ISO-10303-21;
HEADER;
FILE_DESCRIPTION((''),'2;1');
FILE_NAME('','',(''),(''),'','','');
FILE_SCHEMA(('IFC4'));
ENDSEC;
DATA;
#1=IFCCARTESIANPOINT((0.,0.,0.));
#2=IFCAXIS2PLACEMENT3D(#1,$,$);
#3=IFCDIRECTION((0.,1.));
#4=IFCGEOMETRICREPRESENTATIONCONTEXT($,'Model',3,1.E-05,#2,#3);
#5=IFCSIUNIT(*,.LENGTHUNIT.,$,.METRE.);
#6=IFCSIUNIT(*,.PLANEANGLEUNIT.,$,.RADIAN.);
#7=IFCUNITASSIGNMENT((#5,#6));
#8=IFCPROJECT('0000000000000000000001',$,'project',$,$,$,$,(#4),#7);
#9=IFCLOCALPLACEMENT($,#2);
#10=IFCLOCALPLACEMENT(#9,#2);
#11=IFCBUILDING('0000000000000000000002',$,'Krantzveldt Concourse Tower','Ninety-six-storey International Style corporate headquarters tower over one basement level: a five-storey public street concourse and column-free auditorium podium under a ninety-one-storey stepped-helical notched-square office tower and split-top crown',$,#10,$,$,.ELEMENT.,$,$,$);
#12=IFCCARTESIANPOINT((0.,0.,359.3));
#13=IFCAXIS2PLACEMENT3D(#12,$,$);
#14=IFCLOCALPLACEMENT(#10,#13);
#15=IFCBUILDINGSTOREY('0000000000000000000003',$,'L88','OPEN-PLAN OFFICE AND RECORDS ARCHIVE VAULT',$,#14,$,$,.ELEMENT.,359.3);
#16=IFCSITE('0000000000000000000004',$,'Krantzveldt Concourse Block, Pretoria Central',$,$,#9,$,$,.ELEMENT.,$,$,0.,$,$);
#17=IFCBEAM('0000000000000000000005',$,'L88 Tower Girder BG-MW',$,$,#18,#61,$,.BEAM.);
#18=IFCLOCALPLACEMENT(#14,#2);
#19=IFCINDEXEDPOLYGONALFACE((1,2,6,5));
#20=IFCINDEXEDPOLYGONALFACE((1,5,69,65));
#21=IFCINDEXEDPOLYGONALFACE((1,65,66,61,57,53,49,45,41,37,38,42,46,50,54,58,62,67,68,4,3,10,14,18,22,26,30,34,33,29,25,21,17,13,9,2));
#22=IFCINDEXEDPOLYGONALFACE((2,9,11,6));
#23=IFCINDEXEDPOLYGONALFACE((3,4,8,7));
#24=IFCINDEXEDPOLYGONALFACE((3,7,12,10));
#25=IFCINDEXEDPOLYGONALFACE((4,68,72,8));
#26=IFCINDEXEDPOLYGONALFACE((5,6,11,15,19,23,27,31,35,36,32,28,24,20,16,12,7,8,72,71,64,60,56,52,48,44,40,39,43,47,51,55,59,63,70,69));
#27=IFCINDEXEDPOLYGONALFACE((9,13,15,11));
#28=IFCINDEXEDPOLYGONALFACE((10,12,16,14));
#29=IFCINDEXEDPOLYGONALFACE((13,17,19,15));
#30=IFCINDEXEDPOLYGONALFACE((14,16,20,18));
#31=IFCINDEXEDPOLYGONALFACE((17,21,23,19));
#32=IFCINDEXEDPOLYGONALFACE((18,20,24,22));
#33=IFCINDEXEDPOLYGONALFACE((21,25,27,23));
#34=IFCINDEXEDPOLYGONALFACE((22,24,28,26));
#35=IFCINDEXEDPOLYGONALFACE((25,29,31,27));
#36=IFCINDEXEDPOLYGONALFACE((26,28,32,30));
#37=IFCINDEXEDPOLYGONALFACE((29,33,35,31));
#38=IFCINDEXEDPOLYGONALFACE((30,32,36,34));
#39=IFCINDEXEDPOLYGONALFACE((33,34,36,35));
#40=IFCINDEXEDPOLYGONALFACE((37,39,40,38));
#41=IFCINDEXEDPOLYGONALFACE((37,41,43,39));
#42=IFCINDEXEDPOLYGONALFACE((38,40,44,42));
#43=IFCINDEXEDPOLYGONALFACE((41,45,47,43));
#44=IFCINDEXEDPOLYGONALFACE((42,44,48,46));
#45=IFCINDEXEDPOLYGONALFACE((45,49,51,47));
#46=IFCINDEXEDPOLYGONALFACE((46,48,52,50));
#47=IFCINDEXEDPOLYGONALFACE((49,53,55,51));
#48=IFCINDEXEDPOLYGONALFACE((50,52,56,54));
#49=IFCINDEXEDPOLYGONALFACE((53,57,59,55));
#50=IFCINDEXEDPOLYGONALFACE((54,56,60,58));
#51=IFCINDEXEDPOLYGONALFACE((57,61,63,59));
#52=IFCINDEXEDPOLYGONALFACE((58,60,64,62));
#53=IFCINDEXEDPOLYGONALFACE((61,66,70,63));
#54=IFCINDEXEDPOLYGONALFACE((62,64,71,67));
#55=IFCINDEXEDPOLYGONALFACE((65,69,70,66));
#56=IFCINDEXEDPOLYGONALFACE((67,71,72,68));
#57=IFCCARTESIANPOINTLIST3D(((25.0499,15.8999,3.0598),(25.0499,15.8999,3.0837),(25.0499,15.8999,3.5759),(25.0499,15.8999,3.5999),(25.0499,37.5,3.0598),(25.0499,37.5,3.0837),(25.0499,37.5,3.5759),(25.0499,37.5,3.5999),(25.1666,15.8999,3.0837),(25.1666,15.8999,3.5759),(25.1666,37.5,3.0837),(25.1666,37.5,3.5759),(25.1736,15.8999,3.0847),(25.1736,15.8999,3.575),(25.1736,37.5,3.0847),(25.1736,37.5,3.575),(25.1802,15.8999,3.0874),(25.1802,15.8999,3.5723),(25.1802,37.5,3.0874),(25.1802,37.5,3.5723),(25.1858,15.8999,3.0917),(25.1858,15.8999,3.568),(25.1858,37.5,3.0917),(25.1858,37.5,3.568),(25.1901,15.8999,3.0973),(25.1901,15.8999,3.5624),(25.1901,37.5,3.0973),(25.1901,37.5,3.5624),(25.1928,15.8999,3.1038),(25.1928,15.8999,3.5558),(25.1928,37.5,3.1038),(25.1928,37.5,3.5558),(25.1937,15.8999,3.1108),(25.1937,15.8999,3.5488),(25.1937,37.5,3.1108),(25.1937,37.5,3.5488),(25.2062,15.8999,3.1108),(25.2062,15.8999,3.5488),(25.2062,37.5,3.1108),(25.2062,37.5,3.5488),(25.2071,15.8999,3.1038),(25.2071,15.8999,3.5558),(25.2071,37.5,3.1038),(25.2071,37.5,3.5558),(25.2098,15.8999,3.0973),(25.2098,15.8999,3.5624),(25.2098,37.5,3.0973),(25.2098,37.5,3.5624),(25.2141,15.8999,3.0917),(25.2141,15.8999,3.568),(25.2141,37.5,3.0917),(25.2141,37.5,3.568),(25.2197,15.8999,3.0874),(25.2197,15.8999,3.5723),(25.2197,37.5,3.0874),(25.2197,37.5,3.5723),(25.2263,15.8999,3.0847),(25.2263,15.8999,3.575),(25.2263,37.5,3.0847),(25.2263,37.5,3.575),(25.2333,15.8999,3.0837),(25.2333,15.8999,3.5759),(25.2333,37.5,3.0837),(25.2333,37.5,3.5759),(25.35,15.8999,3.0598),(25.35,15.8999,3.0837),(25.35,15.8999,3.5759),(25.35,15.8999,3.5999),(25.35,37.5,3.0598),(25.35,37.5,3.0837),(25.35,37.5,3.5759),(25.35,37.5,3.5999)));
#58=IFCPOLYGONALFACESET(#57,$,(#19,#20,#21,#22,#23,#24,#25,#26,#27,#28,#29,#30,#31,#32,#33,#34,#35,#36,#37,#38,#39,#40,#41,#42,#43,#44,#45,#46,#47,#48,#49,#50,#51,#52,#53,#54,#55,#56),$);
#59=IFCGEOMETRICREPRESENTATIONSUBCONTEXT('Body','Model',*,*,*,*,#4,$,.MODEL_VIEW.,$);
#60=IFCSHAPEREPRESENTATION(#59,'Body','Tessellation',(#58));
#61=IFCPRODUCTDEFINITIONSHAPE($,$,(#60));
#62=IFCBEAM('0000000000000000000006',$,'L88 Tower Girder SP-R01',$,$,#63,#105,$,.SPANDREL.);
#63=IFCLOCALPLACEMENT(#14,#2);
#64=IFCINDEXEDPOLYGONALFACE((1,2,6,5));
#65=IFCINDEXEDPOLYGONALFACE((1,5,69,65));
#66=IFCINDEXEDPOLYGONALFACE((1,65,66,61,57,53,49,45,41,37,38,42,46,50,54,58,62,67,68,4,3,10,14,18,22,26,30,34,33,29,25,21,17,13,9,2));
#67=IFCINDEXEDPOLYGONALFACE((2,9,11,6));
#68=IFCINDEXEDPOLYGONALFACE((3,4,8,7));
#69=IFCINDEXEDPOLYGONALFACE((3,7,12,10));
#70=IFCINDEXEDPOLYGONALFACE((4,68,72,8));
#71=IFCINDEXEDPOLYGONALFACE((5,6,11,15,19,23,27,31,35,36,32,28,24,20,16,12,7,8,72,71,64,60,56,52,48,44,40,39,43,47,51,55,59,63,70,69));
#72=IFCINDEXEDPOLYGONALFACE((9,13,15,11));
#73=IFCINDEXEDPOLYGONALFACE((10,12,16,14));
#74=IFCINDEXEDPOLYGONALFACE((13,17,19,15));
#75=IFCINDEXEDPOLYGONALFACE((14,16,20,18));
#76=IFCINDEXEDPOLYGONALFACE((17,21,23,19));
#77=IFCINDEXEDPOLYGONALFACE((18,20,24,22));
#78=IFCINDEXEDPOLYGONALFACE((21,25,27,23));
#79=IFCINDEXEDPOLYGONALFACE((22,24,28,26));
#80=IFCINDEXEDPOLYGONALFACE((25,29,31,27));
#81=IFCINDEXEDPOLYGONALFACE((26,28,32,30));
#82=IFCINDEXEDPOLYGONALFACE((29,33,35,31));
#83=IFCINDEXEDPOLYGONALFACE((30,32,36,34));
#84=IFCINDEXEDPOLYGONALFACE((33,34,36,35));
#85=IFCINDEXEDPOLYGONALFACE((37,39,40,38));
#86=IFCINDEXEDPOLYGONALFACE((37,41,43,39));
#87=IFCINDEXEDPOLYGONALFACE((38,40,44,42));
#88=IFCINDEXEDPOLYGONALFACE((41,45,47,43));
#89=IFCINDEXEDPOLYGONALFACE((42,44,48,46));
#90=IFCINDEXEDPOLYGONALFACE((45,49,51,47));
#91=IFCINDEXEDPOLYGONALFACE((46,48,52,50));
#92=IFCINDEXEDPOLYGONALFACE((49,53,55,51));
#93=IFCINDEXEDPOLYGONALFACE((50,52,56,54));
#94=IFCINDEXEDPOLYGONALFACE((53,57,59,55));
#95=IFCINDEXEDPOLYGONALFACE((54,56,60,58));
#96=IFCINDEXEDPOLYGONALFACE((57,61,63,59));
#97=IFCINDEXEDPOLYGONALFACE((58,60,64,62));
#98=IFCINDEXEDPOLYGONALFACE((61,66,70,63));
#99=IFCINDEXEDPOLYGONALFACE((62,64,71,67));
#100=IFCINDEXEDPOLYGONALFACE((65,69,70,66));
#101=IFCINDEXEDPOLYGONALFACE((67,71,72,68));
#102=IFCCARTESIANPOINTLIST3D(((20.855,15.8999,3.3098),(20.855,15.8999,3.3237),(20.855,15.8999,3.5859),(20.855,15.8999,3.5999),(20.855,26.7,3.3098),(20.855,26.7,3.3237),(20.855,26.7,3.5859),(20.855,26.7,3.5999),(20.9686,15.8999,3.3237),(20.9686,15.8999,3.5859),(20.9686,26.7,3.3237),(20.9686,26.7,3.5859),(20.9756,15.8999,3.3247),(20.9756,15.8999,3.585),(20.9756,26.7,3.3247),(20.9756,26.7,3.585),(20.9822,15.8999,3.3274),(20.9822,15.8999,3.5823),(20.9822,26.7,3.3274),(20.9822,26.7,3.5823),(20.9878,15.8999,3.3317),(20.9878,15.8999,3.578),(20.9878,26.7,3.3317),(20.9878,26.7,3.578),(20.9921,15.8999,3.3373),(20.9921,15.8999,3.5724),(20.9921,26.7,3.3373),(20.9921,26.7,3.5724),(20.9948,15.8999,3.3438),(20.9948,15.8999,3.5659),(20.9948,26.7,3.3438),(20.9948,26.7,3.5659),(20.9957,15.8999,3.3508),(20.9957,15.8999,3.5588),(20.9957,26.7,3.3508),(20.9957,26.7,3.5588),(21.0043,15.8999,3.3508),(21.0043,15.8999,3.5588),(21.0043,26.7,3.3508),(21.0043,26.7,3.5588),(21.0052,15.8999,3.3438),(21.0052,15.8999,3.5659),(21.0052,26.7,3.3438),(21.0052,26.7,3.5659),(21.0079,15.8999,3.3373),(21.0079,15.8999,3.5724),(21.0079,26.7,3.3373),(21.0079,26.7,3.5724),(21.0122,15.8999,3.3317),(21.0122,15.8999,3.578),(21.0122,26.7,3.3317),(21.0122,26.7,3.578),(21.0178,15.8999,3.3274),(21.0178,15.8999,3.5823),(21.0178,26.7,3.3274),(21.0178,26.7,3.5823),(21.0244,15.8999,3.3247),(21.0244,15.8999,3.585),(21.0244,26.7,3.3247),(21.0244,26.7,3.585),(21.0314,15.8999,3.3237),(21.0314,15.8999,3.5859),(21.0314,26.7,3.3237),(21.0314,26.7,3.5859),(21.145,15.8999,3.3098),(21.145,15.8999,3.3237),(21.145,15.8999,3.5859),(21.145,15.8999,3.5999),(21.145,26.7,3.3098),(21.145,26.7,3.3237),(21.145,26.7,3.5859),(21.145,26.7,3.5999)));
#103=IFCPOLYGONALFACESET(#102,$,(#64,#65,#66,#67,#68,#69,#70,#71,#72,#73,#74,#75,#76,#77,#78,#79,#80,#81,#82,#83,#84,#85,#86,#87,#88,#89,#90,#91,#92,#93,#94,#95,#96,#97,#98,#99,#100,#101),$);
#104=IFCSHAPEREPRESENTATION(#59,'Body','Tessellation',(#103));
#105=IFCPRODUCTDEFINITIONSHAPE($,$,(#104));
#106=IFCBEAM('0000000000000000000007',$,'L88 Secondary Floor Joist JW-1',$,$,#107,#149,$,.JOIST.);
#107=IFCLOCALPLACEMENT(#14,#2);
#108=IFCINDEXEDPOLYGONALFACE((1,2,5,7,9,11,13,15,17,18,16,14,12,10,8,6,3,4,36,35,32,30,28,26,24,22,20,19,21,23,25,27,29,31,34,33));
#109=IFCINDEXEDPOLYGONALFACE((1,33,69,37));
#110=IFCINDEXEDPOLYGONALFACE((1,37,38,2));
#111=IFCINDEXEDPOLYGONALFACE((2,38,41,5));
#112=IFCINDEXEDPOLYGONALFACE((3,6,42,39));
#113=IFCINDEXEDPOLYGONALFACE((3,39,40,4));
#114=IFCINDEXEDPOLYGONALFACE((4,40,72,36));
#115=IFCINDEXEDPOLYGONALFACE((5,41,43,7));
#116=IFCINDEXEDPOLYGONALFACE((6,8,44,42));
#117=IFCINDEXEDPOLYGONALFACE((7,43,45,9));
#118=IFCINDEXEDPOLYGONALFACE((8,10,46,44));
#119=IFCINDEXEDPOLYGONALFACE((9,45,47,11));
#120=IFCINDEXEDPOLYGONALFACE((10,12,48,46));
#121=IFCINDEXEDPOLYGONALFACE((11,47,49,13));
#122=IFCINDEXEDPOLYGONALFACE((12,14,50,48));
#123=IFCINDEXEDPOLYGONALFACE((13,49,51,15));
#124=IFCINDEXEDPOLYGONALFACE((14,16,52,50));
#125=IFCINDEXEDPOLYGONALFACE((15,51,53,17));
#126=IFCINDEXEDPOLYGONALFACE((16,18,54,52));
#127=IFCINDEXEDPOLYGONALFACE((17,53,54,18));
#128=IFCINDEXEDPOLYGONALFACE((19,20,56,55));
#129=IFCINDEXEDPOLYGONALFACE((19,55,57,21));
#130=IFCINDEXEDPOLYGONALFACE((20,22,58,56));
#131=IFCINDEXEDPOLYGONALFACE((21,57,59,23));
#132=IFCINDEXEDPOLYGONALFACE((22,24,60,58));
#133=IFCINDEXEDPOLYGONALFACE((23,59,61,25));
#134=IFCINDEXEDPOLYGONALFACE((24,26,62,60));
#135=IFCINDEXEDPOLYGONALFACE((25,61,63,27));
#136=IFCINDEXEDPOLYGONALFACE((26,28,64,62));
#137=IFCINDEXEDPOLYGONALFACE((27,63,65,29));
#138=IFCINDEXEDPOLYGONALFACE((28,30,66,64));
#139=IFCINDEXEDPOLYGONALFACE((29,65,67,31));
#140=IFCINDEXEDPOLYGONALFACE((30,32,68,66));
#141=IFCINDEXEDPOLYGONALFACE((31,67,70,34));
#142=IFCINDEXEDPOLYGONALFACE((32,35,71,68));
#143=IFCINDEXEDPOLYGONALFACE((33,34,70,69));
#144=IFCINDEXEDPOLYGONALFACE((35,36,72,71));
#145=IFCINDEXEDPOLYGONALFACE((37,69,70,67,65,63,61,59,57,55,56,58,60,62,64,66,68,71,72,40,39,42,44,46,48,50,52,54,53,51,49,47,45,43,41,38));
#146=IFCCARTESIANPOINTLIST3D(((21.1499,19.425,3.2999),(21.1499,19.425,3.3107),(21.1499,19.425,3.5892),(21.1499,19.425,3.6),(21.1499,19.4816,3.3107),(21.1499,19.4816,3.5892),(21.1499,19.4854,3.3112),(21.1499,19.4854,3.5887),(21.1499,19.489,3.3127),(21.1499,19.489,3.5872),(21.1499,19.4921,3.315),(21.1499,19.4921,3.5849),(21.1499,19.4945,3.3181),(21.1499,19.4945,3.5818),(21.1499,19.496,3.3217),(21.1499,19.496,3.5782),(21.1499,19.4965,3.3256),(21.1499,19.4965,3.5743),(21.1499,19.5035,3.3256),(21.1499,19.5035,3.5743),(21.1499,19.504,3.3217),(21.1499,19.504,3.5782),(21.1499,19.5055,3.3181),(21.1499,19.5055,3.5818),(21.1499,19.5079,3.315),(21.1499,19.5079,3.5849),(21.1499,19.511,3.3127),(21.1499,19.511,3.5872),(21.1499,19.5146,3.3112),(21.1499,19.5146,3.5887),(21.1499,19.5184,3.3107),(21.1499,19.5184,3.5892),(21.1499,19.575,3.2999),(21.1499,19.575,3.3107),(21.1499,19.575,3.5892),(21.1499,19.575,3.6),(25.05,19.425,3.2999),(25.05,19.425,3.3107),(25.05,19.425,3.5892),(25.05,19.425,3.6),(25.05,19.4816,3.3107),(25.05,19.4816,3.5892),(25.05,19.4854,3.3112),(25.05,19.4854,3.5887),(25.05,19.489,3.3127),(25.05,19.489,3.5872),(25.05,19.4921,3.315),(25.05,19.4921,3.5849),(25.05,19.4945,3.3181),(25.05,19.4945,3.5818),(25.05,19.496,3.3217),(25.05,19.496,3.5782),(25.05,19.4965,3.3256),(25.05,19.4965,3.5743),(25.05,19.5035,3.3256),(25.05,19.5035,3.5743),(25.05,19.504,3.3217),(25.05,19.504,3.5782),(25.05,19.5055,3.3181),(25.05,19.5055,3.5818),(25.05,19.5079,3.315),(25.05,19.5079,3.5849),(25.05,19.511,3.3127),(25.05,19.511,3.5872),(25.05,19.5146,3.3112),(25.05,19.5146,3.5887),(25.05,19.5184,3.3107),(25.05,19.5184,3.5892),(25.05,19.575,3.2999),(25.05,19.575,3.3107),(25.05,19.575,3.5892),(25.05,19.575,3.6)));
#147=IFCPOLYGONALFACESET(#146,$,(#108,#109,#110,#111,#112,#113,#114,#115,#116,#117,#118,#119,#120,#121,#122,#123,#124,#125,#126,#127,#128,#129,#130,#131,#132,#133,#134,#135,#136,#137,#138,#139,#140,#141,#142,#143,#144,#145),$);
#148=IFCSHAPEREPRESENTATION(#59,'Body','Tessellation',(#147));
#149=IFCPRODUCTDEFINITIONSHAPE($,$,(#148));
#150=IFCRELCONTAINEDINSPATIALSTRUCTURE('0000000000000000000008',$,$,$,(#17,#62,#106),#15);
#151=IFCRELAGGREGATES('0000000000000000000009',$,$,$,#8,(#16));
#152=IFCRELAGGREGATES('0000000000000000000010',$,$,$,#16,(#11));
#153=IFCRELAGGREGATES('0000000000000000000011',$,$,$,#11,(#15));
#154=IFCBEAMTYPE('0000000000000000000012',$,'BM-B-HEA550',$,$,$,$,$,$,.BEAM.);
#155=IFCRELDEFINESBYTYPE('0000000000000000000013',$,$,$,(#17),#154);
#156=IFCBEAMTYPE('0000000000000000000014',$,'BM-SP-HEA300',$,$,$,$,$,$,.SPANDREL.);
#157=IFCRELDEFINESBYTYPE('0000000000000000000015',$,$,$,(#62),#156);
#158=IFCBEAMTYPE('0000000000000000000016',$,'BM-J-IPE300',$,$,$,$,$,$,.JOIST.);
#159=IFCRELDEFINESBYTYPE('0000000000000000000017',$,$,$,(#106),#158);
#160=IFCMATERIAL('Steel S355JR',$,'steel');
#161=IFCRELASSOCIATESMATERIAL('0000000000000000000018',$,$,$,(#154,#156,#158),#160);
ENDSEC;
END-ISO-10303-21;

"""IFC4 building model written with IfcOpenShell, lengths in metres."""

from ifc_helpers import new_model, si_unit, direction, frame, origin, origin_2d, place, context, subcontext, project, spatial, i_section, extrude, source, transform, mapped, material, material_profile, profile_set, type_object, type_shapes, element, save


model = new_model("IFC4")

# Units and contexts
model_context = context("Model", 3, precision=1e-05, world=origin(), true_north=direction((0.0, 1.0)))
body_context = subcontext(model_context, "Body", "Model", "MODEL_VIEW")
ifc_project = project(units=[si_unit("LENGTHUNIT", "METRE"), si_unit("PLANEANGLEUNIT", "RADIAN")], contexts=[model_context])

# Site, building, storey
site_placement = place(None, origin())
site = spatial("IfcSite", under=ifc_project, at=site_placement, Name="Krantzveldt Concourse Block, Pretoria Central", CompositionType="ELEMENT", RefElevation=0.0)
building_placement = place(site_placement, origin())
building = spatial("IfcBuilding", under=site, at=building_placement, Name="Krantzveldt Concourse Tower", Description="Ninety-six-storey International Style corporate headquarters tower over one basement level: a five-storey public street concourse and column-free auditorium podium under a ninety-one-storey stepped-helical notched-square office tower and split-top crown", CompositionType="ELEMENT")
storey_placement = place(building_placement, frame((0.0, 0.0, 359.3)))
storey = spatial("IfcBuildingStorey", under=building, at=storey_placement, Name="L88", Description="OPEN-PLAN OFFICE AND RECORDS ARCHIVE VAULT", CompositionType="ELEMENT", Elevation=359.3)

# Beams
ifc_material_1 = material(Name="Steel S355JR", Category="steel")
ifc_material_profile_1 = material_profile(ifc_material_1, i_section(OverallWidth=0.3, OverallDepth=0.54, WebThickness=0.0125, FlangeThickness=0.0239, FilletRadius=0.0271, at=origin_2d()), Name="Steel S355JR", Category="steel")
ifc_profile_set_1 = profile_set([ifc_material_profile_1], Name="Steel S355JR - HEA 550")
beam_type_1 = type_object("IfcBeamType", Name="BM-B-HEA550", PredefinedType="BEAM", material=ifc_profile_set_1)
shared_shape_1 = source(origin(), body_context, "Body", "SweptSolid", [
    extrude(i_section(OverallWidth=0.3, OverallDepth=0.54, WebThickness=0.0125, FlangeThickness=0.0239, FilletRadius=0.0271, at=origin_2d()), origin(), (0.0, 0.0, 1.0), 21.6001),
])
type_shapes(beam_type_1, [shared_shape_1])
beam_1_placement = place(storey_placement, frame((25.2, 15.8999, 3.3298), z_axis=(0.0, 1.0, 0.0), x_axis=(-1.0, 0.0, 0.0)))
element("IfcBeam", 1, at=beam_1_placement, inside=storey, type_object=beam_type_1, Name="L88 Tower Girder BG-MW", PredefinedType="BEAM", context=body_context, shape_type="MappedRepresentation", body=[
    mapped(shared_shape_1, transform((0.0, 0.0, 0.0), x_axis=(1.0, 0.0, 0.0), y_axis=(0.0, 1.0, 0.0), z_axis=(0.0, 0.0, 1.0), scale=1.0)),
])
ifc_material_profile_2 = material_profile(ifc_material_1, i_section(OverallWidth=0.29, OverallDepth=0.29, WebThickness=0.0085, FlangeThickness=0.0139, FilletRadius=0.0271, at=origin_2d()), Name="Steel S355JR", Category="steel")
ifc_profile_set_2 = profile_set([ifc_material_profile_2], Name="Steel S355JR - HEA 300")
beam_type_2 = type_object("IfcBeamType", Name="BM-SP-HEA300", PredefinedType="SPANDREL", material=ifc_profile_set_2)
shared_shape_2 = source(origin(), body_context, "Body", "SweptSolid", [
    extrude(i_section(OverallWidth=0.29, OverallDepth=0.29, WebThickness=0.0085, FlangeThickness=0.0139, FilletRadius=0.0271, at=origin_2d()), origin(), (0.0, 0.0, 1.0), 10.8),
])
type_shapes(beam_type_2, [shared_shape_2])
beam_2_placement = place(storey_placement, frame((21.0, 15.8999, 3.4548), z_axis=(0.0, 1.0, 0.0), x_axis=(-1.0, 0.0, 0.0)))
element("IfcBeam", 2, at=beam_2_placement, inside=storey, type_object=beam_type_2, Name="L88 Tower Girder SP-R01", PredefinedType="SPANDREL", context=body_context, shape_type="MappedRepresentation", body=[
    mapped(shared_shape_2, transform((0.0, 0.0, 0.0), x_axis=(1.0, 0.0, 0.0), y_axis=(0.0, 1.0, 0.0), z_axis=(0.0, 0.0, 1.0), scale=1.0)),
])
ifc_material_profile_3 = material_profile(ifc_material_1, i_section(OverallWidth=0.1499, OverallDepth=0.3, WebThickness=0.0071, FlangeThickness=0.0107, FilletRadius=0.0149, at=origin_2d()), Name="Steel S355JR", Category="steel")
ifc_profile_set_3 = profile_set([ifc_material_profile_3], Name="Steel S355JR - IPE 300")
beam_type_3 = type_object("IfcBeamType", Name="BM-J-IPE300", PredefinedType="JOIST", material=ifc_profile_set_3)
shared_shape_3 = source(origin(), body_context, "Body", "SweptSolid", [
    extrude(i_section(OverallWidth=0.1499, OverallDepth=0.3, WebThickness=0.0071, FlangeThickness=0.0107, FilletRadius=0.0149, at=origin_2d()), origin(), (0.0, 0.0, 1.0), 3.9001),
])
type_shapes(beam_type_3, [shared_shape_3])
for number, where, z_axis, x_axis, name in (
    (3, (21.1499, 19.5, 3.45), (1.0, 0.0, 0.0), (0.0, 1.0, 0.0), "L88 Secondary Floor Joist JW-1"),
):
    element("IfcBeam", number, at=place(storey_placement, frame(where, z_axis=z_axis, x_axis=x_axis)), inside=storey, type_object=beam_type_3, Name=name, PredefinedType="JOIST", context=body_context, shape_type="MappedRepresentation", body=[
        mapped(shared_shape_3, transform((0.0, 0.0, 0.0), x_axis=(1.0, 0.0, 0.0), y_axis=(0.0, 1.0, 0.0), z_axis=(0.0, 0.0, 1.0), scale=1.0)),
    ])

save(model, "model.ifc")
